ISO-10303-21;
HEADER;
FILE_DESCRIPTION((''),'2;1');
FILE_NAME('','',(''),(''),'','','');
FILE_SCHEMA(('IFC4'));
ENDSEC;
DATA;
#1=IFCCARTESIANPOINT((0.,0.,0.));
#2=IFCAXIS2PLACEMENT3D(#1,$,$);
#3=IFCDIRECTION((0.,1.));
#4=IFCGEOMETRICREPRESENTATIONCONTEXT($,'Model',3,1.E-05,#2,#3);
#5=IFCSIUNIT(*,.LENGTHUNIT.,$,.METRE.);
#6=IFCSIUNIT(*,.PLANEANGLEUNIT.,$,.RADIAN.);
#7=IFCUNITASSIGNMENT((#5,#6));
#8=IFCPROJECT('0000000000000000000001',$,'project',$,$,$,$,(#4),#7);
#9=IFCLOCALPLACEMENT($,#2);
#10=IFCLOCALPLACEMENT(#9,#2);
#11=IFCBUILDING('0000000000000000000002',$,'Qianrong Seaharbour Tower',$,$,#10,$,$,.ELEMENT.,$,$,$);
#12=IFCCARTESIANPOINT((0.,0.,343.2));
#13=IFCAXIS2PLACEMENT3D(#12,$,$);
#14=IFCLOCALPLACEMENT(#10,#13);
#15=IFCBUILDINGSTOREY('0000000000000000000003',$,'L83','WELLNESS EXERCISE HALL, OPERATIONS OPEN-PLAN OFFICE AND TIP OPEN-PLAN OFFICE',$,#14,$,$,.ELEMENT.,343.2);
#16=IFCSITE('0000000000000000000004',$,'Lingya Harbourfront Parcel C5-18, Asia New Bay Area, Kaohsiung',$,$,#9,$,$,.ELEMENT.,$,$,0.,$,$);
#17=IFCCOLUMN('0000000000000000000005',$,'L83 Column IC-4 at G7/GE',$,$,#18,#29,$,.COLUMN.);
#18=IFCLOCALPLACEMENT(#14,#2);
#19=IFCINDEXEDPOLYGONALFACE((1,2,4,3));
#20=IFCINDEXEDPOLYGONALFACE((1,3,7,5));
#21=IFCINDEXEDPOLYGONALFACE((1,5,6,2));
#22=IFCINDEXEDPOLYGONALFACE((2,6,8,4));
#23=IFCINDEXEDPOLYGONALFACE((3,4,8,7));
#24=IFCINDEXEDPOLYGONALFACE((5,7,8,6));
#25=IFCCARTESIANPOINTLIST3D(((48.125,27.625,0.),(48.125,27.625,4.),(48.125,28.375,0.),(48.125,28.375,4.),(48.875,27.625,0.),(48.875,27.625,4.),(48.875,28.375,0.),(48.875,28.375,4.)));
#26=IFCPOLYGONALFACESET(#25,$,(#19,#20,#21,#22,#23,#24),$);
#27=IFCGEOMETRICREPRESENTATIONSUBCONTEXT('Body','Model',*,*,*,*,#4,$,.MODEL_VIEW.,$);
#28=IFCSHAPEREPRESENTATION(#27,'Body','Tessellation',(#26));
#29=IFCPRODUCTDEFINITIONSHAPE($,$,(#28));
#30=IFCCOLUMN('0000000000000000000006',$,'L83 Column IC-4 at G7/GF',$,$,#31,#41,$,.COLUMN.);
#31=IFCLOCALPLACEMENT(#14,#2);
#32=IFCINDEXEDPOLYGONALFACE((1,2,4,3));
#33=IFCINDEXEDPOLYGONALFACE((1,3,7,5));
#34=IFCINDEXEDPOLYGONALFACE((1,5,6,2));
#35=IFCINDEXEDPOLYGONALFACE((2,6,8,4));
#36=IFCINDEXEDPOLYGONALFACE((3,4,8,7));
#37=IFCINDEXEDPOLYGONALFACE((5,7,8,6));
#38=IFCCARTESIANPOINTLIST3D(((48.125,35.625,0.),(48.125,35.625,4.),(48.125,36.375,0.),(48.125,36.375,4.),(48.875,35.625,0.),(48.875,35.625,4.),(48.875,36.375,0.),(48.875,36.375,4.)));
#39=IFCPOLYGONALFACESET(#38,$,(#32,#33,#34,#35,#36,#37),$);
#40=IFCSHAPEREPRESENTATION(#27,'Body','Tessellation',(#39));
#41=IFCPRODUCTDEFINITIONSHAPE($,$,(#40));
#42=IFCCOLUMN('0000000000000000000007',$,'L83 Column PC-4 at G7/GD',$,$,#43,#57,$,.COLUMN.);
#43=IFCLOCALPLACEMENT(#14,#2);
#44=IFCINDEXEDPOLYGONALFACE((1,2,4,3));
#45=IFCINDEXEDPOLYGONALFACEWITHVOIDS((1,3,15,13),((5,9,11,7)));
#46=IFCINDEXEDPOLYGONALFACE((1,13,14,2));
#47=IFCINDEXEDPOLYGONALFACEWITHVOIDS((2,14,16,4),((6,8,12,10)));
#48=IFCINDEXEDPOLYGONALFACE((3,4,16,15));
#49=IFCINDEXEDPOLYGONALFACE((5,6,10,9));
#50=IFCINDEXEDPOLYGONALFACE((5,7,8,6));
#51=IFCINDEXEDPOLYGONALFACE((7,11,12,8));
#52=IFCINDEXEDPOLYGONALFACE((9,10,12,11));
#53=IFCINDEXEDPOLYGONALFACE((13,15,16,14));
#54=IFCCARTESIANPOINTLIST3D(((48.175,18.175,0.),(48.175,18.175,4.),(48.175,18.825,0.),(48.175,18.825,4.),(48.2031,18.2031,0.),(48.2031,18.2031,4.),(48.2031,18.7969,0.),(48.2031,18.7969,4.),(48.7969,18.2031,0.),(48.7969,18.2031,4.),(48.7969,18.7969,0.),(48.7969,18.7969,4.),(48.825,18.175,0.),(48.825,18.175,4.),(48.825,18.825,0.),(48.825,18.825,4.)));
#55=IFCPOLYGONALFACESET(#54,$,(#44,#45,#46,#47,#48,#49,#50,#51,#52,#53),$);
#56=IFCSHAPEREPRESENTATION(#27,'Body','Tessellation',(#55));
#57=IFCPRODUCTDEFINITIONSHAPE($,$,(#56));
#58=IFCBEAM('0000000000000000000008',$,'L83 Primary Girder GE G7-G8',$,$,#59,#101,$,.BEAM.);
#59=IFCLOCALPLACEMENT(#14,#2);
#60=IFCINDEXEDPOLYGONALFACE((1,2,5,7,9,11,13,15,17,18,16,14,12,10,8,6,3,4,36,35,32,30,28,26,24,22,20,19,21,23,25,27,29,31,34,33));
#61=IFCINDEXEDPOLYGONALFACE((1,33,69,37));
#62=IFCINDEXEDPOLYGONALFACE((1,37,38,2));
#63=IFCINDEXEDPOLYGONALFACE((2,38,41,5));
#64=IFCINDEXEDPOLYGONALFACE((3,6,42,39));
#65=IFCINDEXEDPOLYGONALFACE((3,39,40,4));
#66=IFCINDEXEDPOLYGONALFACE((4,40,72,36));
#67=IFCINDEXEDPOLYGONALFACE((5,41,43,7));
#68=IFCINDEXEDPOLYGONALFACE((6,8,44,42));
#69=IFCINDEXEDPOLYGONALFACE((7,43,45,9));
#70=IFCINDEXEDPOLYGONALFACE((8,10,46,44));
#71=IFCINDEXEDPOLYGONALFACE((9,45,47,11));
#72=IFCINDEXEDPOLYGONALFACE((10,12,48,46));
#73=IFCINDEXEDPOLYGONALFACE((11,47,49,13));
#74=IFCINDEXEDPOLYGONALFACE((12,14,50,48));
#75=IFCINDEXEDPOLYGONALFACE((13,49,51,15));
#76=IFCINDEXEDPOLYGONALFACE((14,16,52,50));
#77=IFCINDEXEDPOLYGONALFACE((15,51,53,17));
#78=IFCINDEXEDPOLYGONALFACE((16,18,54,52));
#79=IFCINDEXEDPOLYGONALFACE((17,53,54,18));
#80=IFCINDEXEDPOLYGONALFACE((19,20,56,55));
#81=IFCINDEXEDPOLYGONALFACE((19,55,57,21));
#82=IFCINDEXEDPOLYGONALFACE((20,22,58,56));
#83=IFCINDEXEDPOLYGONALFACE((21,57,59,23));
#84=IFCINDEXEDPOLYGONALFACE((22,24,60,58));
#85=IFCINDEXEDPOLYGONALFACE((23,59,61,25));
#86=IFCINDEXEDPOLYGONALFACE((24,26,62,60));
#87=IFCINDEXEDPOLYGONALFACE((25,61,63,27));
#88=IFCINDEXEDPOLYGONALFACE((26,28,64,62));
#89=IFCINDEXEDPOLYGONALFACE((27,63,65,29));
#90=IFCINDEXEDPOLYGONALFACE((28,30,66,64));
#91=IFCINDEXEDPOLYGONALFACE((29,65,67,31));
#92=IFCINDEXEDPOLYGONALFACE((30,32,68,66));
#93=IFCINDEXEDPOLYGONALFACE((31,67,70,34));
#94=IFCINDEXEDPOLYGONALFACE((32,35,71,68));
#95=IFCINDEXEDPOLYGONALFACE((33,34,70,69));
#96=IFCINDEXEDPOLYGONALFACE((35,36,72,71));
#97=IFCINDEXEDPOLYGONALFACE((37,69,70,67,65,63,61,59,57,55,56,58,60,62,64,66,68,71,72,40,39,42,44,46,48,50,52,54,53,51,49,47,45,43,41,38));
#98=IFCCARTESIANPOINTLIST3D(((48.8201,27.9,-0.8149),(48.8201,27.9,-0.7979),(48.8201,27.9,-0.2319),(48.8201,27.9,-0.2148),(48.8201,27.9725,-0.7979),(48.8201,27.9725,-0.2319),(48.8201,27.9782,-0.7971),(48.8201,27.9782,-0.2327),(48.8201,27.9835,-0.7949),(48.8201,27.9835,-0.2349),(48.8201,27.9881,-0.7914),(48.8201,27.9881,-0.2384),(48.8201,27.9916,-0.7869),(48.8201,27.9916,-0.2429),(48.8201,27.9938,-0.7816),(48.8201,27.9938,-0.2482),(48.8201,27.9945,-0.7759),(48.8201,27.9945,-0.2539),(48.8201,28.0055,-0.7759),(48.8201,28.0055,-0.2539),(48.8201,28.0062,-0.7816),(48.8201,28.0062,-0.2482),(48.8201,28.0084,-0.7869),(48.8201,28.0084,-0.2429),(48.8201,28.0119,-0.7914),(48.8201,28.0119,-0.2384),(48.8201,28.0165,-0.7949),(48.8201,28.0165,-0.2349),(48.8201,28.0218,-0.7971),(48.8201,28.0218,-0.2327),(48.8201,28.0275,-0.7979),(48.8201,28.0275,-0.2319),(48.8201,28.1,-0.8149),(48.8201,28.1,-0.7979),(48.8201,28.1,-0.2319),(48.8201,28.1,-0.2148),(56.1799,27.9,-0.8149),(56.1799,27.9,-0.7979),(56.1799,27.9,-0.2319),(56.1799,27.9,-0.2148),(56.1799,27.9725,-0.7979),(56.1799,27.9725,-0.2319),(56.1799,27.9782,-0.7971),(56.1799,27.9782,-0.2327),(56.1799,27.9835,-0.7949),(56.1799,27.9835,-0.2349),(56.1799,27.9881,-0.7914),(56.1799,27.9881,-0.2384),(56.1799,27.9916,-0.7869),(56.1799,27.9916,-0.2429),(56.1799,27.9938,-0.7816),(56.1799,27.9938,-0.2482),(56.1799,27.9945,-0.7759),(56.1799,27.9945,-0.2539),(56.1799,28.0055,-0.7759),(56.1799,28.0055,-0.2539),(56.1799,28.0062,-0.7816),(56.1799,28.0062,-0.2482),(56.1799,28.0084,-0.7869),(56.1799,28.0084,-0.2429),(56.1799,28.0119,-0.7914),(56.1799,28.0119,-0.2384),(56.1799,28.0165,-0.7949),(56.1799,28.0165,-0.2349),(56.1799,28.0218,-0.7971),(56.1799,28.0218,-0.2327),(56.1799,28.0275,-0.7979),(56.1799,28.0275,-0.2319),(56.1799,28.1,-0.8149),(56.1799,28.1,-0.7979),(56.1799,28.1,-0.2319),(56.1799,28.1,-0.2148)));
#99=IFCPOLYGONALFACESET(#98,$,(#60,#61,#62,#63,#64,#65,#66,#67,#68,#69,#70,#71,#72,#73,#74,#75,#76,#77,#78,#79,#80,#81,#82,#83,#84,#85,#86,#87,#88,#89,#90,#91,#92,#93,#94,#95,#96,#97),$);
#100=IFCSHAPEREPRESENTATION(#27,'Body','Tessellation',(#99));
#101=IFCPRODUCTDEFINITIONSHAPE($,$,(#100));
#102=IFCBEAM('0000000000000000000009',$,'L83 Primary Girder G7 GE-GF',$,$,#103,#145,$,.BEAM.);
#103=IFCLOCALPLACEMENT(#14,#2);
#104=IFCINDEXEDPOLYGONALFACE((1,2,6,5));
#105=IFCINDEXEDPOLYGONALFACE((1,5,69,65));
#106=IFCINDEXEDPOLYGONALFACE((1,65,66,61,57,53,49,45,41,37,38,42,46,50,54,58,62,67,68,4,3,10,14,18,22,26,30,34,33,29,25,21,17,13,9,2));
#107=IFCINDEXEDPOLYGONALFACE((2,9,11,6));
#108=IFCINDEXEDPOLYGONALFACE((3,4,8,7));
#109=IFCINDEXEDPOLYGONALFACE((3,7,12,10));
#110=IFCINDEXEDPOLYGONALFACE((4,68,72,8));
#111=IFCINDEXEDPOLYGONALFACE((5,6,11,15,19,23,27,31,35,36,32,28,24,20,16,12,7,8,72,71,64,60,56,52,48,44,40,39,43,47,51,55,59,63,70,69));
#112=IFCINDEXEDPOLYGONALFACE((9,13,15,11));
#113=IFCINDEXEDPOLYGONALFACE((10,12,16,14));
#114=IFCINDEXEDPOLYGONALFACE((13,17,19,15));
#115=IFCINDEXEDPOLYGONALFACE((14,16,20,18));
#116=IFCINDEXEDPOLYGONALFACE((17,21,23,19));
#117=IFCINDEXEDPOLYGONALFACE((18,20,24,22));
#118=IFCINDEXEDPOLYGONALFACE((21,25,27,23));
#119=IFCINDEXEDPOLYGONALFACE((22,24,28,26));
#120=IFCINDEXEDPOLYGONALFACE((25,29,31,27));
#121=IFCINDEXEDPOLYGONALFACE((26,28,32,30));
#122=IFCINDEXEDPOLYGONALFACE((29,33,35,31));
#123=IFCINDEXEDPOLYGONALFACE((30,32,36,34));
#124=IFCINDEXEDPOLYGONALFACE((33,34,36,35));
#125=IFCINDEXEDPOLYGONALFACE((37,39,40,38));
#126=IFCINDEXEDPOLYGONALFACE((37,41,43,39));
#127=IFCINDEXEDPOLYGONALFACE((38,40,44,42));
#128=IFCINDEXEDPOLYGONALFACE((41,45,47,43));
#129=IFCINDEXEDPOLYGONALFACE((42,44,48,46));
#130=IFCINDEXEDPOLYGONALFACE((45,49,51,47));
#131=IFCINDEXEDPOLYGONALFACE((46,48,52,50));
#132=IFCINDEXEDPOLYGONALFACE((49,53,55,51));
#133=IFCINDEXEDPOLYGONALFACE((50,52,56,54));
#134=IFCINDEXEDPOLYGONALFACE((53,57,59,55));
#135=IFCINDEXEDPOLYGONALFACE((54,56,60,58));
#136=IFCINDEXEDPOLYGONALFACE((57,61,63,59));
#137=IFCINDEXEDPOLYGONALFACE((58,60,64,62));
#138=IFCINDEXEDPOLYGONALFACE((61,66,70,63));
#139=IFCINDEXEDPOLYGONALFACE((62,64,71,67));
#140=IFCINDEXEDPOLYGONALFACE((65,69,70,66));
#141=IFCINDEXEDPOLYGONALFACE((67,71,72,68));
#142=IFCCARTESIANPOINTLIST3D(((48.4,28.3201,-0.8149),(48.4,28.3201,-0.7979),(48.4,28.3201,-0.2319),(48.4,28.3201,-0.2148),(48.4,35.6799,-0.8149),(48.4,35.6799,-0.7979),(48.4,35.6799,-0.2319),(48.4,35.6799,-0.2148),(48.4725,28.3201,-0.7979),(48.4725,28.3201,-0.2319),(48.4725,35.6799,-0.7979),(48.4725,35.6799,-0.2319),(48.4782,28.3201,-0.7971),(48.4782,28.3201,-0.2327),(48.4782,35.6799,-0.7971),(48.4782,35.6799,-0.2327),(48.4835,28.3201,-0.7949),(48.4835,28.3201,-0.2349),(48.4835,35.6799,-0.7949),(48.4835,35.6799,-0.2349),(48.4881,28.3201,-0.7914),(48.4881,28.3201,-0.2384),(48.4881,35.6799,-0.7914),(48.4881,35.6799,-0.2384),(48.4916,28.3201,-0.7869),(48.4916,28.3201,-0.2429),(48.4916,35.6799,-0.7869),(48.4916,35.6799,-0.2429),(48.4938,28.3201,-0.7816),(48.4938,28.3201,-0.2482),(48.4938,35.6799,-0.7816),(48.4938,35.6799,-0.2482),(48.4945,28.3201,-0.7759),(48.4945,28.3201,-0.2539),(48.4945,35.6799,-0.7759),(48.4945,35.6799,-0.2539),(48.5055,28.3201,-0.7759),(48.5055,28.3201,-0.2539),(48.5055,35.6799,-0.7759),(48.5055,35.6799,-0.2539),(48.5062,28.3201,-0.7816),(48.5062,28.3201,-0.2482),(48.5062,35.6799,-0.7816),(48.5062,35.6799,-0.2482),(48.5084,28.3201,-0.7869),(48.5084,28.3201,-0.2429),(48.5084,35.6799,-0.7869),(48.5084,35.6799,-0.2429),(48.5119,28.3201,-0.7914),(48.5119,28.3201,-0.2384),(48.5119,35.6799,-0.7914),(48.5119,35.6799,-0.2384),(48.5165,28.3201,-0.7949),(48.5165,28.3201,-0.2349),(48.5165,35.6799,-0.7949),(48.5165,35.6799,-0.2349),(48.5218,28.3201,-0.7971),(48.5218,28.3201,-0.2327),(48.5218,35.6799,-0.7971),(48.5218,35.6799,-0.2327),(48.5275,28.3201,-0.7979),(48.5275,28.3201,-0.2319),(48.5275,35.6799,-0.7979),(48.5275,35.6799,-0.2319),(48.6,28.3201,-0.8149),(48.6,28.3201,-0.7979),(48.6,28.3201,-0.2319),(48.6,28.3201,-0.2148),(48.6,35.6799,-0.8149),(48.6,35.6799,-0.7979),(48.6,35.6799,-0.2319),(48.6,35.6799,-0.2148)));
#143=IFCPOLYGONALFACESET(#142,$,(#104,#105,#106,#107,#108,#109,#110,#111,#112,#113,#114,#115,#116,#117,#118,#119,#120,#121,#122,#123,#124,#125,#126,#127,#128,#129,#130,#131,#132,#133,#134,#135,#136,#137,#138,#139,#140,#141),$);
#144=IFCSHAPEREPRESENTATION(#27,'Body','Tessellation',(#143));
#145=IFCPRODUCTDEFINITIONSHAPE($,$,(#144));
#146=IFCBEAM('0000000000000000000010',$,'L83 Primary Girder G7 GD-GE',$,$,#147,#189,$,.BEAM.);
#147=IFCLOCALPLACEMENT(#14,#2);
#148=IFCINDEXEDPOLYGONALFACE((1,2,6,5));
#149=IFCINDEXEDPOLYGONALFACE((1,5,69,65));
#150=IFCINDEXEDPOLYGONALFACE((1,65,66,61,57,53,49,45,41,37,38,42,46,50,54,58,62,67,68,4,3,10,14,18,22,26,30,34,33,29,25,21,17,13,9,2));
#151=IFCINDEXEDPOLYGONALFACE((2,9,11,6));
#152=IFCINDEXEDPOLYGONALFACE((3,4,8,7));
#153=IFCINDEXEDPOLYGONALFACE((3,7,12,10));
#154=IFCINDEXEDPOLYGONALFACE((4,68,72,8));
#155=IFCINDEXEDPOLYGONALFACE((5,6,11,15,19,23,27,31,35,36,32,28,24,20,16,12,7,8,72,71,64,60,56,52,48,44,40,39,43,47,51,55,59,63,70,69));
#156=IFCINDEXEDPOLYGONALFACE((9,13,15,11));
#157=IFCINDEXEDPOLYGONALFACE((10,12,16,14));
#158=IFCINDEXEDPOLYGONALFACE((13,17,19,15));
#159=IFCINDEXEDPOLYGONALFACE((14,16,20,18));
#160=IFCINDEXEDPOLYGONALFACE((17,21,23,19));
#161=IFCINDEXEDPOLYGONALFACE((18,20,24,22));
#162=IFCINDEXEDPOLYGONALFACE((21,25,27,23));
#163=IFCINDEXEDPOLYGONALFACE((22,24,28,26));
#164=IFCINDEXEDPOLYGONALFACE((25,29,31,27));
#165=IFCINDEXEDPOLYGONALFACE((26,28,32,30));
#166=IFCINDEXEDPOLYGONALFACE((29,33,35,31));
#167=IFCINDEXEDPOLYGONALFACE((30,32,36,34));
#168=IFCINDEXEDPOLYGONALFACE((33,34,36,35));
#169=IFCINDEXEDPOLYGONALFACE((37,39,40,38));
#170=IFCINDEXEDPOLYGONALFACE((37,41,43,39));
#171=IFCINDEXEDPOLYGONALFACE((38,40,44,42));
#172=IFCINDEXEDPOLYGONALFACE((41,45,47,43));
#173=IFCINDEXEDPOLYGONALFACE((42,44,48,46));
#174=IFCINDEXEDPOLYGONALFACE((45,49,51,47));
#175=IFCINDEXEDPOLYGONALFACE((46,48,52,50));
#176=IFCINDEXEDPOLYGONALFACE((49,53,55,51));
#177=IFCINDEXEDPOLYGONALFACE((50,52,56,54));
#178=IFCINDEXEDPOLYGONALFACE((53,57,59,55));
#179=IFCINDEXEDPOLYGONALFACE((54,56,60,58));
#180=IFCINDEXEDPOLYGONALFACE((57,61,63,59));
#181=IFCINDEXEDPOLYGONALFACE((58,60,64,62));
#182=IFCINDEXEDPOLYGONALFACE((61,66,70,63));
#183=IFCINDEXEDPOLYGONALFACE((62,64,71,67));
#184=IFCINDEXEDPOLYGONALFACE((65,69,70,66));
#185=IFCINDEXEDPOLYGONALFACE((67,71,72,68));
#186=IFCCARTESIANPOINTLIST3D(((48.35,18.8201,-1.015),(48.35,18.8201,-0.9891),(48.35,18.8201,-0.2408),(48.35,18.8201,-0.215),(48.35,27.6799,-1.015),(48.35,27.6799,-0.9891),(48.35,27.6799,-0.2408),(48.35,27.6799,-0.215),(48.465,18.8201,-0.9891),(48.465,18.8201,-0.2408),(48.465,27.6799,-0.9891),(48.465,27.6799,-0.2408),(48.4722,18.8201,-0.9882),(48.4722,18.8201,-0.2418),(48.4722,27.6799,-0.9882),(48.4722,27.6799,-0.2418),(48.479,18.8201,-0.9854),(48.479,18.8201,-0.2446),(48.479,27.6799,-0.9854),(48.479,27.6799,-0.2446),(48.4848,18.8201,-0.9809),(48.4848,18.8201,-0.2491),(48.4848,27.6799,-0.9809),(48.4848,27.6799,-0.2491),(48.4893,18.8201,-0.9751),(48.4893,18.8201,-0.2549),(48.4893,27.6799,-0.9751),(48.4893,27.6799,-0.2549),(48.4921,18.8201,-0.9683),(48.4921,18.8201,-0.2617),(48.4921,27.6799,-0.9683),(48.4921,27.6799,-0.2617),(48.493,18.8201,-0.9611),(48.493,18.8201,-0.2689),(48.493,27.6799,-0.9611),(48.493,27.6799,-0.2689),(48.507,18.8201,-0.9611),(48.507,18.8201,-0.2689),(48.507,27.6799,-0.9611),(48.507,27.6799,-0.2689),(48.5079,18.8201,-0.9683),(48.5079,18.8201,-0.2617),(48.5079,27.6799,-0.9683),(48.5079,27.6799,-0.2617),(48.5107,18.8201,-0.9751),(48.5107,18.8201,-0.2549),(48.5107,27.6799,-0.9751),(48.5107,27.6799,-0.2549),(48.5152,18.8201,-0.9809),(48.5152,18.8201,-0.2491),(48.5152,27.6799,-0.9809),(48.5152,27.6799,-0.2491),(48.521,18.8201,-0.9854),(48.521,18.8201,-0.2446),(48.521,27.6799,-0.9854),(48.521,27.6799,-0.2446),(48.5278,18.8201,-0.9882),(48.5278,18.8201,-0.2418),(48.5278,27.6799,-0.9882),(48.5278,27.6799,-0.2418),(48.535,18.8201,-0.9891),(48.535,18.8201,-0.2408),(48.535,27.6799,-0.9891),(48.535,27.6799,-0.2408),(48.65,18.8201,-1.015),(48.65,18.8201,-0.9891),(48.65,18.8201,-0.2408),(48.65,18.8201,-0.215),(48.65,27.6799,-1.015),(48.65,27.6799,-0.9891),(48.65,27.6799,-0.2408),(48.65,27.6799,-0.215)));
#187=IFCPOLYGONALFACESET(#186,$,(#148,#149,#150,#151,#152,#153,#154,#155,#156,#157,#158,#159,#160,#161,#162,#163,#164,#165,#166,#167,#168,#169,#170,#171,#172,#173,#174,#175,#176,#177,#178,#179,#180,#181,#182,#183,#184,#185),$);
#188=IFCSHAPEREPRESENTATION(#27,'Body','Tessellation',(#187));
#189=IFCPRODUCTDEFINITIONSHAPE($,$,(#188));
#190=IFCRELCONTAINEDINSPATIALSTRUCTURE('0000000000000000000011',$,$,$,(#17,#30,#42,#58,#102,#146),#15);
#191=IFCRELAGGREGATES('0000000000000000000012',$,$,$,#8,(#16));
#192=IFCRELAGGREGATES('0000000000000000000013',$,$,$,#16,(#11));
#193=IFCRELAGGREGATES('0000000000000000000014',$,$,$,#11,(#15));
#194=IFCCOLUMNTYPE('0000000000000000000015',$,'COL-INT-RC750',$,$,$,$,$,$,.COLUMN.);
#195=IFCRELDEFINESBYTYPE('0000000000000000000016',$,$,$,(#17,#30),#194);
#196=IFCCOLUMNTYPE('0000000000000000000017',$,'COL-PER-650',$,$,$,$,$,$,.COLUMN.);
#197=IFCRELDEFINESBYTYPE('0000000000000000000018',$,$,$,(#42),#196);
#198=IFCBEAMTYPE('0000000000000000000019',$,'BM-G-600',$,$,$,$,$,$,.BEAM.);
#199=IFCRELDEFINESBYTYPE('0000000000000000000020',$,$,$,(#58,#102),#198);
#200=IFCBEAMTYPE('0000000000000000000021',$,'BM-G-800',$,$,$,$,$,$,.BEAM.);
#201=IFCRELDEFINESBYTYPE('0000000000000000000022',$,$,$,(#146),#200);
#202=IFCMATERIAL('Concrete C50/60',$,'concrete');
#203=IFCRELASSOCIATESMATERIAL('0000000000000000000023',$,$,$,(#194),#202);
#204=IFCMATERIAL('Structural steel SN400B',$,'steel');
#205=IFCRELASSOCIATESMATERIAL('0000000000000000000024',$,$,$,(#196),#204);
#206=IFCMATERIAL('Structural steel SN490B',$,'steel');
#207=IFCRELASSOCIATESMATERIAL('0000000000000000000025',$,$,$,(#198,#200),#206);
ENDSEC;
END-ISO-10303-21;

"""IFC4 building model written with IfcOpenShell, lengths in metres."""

from ifc_helpers import new_model, si_unit, direction, frame, origin, origin_2d, place, context, subcontext, project, spatial, rectangle, hollow_rectangle, i_section, extrude, material, material_profile, profile_set, type_object, element, save


model = new_model("IFC4")

# Units and contexts
model_context = context("Model", 3, precision=1e-05, world=origin(), true_north=direction((0.0, 1.0)))
body_context = subcontext(model_context, "Body", "Model", "MODEL_VIEW")
ifc_project = project(units=[si_unit("LENGTHUNIT", "METRE"), si_unit("PLANEANGLEUNIT", "RADIAN")], contexts=[model_context])

# Site, building, storey
site_placement = place(None, origin())
site = spatial("IfcSite", under=ifc_project, at=site_placement, Name="Lingya Harbourfront Parcel C5-18, Asia New Bay Area, Kaohsiung", CompositionType="ELEMENT", RefElevation=0.0)
building_placement = place(site_placement, origin())
building = spatial("IfcBuilding", under=site, at=building_placement, Name="Qianrong Seaharbour Tower", CompositionType="ELEMENT")
storey_placement = place(building_placement, frame((0.0, 0.0, 343.2)))
storey = spatial("IfcBuildingStorey", under=building, at=storey_placement, Name="L83", Description="WELLNESS EXERCISE HALL, OPERATIONS OPEN-PLAN OFFICE AND TIP OPEN-PLAN OFFICE", CompositionType="ELEMENT", Elevation=343.2)

# Columns
ifc_material_1 = material(Name="Concrete C50/60", Category="concrete")
ifc_material_profile_1 = material_profile(ifc_material_1, rectangle(XDim=0.75, YDim=0.75, at=origin_2d()), Name="RC750x750")
ifc_profile_set_1 = profile_set([ifc_material_profile_1], Name="Concrete C50/60")
column_type_1 = type_object("IfcColumnType", Name="COL-INT-RC750", PredefinedType="COLUMN", material=ifc_profile_set_1)
for number, where, z_axis, x_axis, name in (
    (1, (48.5, 28.0, 0.0), (0.0, 0.0, 1.0), (1.0, 0.0, 0.0), "L83 Column IC-4 at G7/GE"),
    (2, (48.5, 36.0, 0.0), (0.0, 0.0, 1.0), (1.0, 0.0, 0.0), "L83 Column IC-4 at G7/GF"),
):
    element("IfcColumn", number, at=place(storey_placement, frame(where, z_axis=z_axis, x_axis=x_axis)), inside=storey, type_object=column_type_1, Name=name, PredefinedType="COLUMN", context=body_context, shape_type="SweptSolid", body=[
        extrude(rectangle(XDim=0.75, YDim=0.75, at=origin_2d()), origin(), (0.0, 0.0, 1.0), 4.0),
    ])
ifc_material_2 = material(Name="Structural steel SN400B", Category="steel")
ifc_material_profile_2 = material_profile(ifc_material_2, hollow_rectangle(XDim=0.6499, YDim=0.6499, WallThickness=0.0281, at=origin_2d()), Name="BOX650x650x28")
ifc_profile_set_2 = profile_set([ifc_material_profile_2], Name="Structural steel SN400B")
column_type_2 = type_object("IfcColumnType", Name="COL-PER-650", PredefinedType="COLUMN", material=ifc_profile_set_2)
column_placement = place(storey_placement, frame((48.5, 18.5, 0.0), z_axis=(0.0, 0.0, 1.0), x_axis=(1.0, 0.0, 0.0)))
element("IfcColumn", 3, at=column_placement, inside=storey, type_object=column_type_2, Name="L83 Column PC-4 at G7/GD", PredefinedType="COLUMN", context=body_context, shape_type="SweptSolid", body=[
    extrude(hollow_rectangle(XDim=0.6499, YDim=0.6499, WallThickness=0.0281, at=origin_2d()), origin(), (0.0, 0.0, 1.0), 4.0),
])

# Beams
ifc_material_3 = material(Name="Structural steel SN490B", Category="steel")
ifc_material_profile_3 = material_profile(ifc_material_3, i_section(OverallWidth=0.2, OverallDepth=0.6001, WebThickness=0.011, FlangeThickness=0.0171, FilletRadius=0.022, at=origin_2d()), Name="H600x200x11x17")
ifc_profile_set_3 = profile_set([ifc_material_profile_3], Name="Structural steel SN490B")
beam_type_1 = type_object("IfcBeamType", Name="BM-G-600", PredefinedType="BEAM", material=ifc_profile_set_3)
for number, where, z_axis, x_axis, name in (
    (4, (48.8201, 28.0, -0.5149), (1.0, 0.0, 0.0), (0.0, 1.0, 0.0), "L83 Primary Girder GE G7-G8"),
    (5, (48.5, 28.3201, -0.5149), (0.0, 1.0, 0.0), (-1.0, 0.0, 0.0), "L83 Primary Girder G7 GE-GF"),
):
    element("IfcBeam", number, at=place(storey_placement, frame(where, z_axis=z_axis, x_axis=x_axis)), inside=storey, type_object=beam_type_1, Name=name, PredefinedType="BEAM", context=body_context, shape_type="SweptSolid", body=[
        extrude(i_section(OverallWidth=0.2, OverallDepth=0.6001, WebThickness=0.011, FlangeThickness=0.0171, FilletRadius=0.022, at=origin_2d()), origin(), (0.0, 0.0, 1.0), 7.3599),
    ])
ifc_material_profile_4 = material_profile(ifc_material_3, i_section(OverallWidth=0.3, OverallDepth=0.8, WebThickness=0.0139, FlangeThickness=0.0259, FilletRadius=0.0281, at=origin_2d()), Name="H800x300x14x26")
ifc_profile_set_4 = profile_set([ifc_material_profile_4], Name="Structural steel SN490B")
beam_type_2 = type_object("IfcBeamType", Name="BM-G-800", PredefinedType="BEAM", material=ifc_profile_set_4)
beam_1_placement = place(storey_placement, frame((48.5, 18.8201, -0.615), z_axis=(0.0, 1.0, 0.0), x_axis=(-1.0, 0.0, 0.0)))
element("IfcBeam", 6, at=beam_1_placement, inside=storey, type_object=beam_type_2, Name="L83 Primary Girder G7 GD-GE", PredefinedType="BEAM", context=body_context, shape_type="SweptSolid", body=[
    extrude(i_section(OverallWidth=0.3, OverallDepth=0.8, WebThickness=0.0139, FlangeThickness=0.0259, FilletRadius=0.0281, at=origin_2d()), origin(), (0.0, 0.0, 1.0), 8.8599),
])

save(model, "model.ifc")
